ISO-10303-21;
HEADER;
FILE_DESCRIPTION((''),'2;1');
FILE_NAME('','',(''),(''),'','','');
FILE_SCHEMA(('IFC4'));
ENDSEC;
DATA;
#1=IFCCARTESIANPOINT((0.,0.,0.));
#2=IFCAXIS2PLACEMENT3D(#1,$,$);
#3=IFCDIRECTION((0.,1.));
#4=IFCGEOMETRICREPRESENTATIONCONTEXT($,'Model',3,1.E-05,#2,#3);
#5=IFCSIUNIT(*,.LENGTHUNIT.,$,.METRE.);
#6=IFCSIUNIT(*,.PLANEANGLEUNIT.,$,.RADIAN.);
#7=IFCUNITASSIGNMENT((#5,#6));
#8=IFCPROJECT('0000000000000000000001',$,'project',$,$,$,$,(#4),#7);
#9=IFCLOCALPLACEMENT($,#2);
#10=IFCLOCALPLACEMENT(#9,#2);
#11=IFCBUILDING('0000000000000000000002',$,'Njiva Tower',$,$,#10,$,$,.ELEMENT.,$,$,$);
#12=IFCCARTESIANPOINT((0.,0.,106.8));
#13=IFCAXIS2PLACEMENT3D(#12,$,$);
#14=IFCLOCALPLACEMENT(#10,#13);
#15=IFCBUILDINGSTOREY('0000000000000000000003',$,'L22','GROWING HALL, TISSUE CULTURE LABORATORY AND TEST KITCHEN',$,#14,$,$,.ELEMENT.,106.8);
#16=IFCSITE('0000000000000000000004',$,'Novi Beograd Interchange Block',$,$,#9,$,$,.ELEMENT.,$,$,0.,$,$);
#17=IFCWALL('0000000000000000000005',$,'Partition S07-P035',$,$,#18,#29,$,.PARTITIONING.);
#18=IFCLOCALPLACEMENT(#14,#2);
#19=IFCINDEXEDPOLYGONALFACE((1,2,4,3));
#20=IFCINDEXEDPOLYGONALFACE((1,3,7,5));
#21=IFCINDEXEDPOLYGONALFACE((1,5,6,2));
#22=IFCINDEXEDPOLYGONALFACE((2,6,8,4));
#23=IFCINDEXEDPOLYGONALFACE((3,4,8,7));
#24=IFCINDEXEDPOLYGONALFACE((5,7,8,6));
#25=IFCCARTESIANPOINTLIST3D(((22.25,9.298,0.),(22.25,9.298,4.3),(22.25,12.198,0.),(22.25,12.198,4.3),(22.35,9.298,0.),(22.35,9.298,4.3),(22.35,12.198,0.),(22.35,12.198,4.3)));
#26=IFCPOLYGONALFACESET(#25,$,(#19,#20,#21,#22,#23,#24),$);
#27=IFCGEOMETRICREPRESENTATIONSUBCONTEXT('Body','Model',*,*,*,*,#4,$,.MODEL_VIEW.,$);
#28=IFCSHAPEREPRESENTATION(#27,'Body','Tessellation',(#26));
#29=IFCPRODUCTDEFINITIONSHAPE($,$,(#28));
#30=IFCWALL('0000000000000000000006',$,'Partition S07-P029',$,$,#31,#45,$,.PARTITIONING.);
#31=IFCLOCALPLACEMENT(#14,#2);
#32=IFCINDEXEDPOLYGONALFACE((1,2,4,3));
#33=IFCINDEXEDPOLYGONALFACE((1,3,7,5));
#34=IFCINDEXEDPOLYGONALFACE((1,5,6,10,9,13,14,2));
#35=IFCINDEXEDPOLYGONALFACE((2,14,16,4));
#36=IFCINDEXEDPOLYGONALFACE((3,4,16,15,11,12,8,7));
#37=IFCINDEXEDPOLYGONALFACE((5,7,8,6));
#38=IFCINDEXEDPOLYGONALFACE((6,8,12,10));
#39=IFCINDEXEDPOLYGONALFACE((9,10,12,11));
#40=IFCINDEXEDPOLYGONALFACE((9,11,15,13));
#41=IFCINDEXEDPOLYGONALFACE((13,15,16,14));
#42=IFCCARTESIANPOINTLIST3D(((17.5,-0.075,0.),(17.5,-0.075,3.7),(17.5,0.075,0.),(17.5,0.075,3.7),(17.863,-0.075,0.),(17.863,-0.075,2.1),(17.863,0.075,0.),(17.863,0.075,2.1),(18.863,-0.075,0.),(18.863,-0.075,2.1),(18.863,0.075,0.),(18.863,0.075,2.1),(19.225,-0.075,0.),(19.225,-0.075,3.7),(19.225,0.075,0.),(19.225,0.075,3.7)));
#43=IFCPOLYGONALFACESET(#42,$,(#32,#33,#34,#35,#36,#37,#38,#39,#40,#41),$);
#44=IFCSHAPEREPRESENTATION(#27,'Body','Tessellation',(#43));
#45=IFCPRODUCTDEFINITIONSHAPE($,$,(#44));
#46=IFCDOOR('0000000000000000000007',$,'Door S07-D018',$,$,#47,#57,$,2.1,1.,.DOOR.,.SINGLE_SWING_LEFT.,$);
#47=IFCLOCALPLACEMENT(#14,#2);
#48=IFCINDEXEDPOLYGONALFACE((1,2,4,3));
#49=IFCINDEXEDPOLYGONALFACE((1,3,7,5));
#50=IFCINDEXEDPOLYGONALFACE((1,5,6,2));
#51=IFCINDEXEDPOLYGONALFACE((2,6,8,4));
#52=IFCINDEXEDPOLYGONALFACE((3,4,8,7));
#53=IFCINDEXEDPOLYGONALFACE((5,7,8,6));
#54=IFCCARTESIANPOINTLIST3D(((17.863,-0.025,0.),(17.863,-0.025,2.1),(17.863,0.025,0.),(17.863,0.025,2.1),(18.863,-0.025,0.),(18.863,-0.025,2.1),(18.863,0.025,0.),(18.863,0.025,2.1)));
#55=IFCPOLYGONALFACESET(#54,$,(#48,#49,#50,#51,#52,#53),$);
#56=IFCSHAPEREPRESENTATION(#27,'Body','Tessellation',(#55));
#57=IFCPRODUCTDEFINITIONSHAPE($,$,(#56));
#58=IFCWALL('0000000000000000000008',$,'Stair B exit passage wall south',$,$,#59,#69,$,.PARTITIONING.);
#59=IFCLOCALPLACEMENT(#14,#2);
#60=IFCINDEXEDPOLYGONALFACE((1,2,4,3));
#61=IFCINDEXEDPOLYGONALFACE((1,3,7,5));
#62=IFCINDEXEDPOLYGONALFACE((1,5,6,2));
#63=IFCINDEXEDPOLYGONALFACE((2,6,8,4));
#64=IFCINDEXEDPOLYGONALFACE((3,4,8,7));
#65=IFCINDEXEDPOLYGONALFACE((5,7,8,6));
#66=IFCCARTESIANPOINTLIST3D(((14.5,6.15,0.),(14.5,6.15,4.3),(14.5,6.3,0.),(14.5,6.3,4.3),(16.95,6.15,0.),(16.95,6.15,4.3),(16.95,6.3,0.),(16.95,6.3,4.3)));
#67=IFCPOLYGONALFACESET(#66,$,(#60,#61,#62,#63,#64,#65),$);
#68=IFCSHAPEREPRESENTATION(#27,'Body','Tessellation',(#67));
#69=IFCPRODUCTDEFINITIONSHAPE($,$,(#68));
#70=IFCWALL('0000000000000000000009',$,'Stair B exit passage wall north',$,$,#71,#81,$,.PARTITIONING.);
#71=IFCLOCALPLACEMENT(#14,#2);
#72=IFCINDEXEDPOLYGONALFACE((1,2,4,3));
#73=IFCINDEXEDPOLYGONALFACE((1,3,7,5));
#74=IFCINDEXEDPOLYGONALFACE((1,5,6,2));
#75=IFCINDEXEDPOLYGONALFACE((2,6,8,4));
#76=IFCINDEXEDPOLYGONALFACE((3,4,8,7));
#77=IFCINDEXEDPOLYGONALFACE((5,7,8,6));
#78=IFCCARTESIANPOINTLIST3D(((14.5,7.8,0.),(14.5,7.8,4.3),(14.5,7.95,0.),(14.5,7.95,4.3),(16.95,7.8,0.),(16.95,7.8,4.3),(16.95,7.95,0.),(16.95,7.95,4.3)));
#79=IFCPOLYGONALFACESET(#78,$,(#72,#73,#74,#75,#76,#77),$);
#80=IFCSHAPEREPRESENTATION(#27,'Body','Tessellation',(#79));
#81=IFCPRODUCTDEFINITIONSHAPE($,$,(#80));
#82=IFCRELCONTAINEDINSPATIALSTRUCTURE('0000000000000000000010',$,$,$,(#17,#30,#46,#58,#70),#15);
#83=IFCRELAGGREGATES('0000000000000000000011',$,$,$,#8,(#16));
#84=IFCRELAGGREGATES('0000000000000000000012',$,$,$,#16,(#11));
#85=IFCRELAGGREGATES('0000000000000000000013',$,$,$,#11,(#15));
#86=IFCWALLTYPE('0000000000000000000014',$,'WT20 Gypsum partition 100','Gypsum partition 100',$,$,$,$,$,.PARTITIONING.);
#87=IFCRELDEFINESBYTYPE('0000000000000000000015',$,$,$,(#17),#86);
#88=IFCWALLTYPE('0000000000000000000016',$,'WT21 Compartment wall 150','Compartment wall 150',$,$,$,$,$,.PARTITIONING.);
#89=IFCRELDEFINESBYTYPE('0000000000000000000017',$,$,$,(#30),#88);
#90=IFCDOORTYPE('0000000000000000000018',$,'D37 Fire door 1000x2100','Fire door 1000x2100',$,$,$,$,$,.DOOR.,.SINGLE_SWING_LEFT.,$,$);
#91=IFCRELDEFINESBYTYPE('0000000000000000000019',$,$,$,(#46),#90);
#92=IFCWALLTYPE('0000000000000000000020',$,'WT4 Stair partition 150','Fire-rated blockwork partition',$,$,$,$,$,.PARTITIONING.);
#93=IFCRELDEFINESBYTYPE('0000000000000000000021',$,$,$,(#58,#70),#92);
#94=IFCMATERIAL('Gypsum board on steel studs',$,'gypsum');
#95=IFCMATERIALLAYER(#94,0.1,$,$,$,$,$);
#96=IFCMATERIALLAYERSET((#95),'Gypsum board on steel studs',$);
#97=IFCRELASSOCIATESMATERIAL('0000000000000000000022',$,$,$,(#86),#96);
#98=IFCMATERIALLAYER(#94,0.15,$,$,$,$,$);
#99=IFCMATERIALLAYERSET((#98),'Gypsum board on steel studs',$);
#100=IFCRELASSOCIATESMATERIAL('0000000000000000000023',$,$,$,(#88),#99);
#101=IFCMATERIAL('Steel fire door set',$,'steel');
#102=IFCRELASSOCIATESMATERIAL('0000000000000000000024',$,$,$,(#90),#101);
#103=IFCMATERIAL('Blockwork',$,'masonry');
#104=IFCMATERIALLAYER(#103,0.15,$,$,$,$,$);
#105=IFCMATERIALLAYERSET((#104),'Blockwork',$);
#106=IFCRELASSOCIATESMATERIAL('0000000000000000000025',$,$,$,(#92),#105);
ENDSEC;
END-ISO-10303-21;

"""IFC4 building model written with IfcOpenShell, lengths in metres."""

from ifc_helpers import new_model, si_unit, direction, frame, frame_2d, origin, place, context, subcontext, project, spatial, rectangle, extrude, material, layer, layer_set, type_object, element, fill, save


model = new_model("IFC4")

# Units and contexts
model_context = context("Model", 3, precision=1e-05, world=origin(), true_north=direction((0.0, 1.0)))
body_context = subcontext(model_context, "Body", "Model", "MODEL_VIEW")
ifc_project = project(units=[si_unit("LENGTHUNIT", "METRE"), si_unit("PLANEANGLEUNIT", "RADIAN")], contexts=[model_context])

# Site, building, storey
site_placement = place(None, origin())
site = spatial("IfcSite", under=ifc_project, at=site_placement, Name="Novi Beograd Interchange Block", CompositionType="ELEMENT", RefElevation=0.0)
building_placement = place(site_placement, origin())
building = spatial("IfcBuilding", under=site, at=building_placement, Name="Njiva Tower", CompositionType="ELEMENT")
storey_placement = place(building_placement, frame((0.0, 0.0, 106.8)))
storey = spatial("IfcBuildingStorey", under=building, at=storey_placement, Name="L22", Description="GROWING HALL, TISSUE CULTURE LABORATORY AND TEST KITCHEN", CompositionType="ELEMENT", Elevation=106.8)

# Wall
ifc_material_1 = material(Name="Gypsum board on steel studs", Category="gypsum")
ifc_layer_1 = layer(ifc_material_1, 0.1)
ifc_layer_set_1 = layer_set([ifc_layer_1], Name="Gypsum board on steel studs")
wall_type_1 = type_object("IfcWallType", Name="WT20 Gypsum partition 100", Description="Gypsum partition 100", PredefinedType="PARTITIONING", material=ifc_layer_set_1)
wall_1_placement = place(storey_placement, frame((22.3, 9.298, 0.0), z_axis=(0.0, 0.0, 1.0), x_axis=(0.0, 1.0, 0.0)))
element("IfcWall", 1, at=wall_1_placement, inside=storey, type_object=wall_type_1, Name="Partition S07-P035", PredefinedType="PARTITIONING", context=body_context, shape_type="SweptSolid", body=[
    extrude(rectangle(XDim=2.9, YDim=0.1, at=frame_2d((1.45, 0.0))), origin(), (0.0, 0.0, 1.0), 4.3),
])

# Wall, opening, door
ifc_layer_2 = layer(ifc_material_1, 0.15)
ifc_layer_set_2 = layer_set([ifc_layer_2], Name="Gypsum board on steel studs")
wall_type_2 = type_object("IfcWallType", Name="WT21 Compartment wall 150", Description="Compartment wall 150", PredefinedType="PARTITIONING", material=ifc_layer_set_2)
wall_2_placement = place(storey_placement, frame((17.5, 0.0, 0.0), z_axis=(0.0, 0.0, 1.0), x_axis=(1.0, 0.0, 0.0)))
wall_2 = element("IfcWall", 2, at=wall_2_placement, inside=storey, type_object=wall_type_2, Name="Partition S07-P029", PredefinedType="PARTITIONING", context=body_context, shape_type="SweptSolid", body=[
    extrude(rectangle(XDim=1.725, YDim=0.15, at=frame_2d((0.8625, 0.0))), origin(), (0.0, 0.0, 1.0), 3.7),
])
opening_1_placement = place(wall_2_placement, frame((0.363, 0.0, 0.0)))
opening_1 = element("IfcOpeningElement", 3, at=opening_1_placement, cuts=wall_2, PredefinedType="OPENING", context=body_context, shape_type="SweptSolid", body=[
    extrude(rectangle(XDim=1.0, YDim=2.1, at=frame_2d((0.5, 1.05))), frame((0.0, 0.085, 0.0), z_axis=(0.0, -1.0, 0.0), x_axis=(1.0, 0.0, 0.0)), (0.0, 0.0, 1.0), 0.17),
])
ifc_material_2 = material(Name="Steel fire door set", Category="steel")
door_type_1 = type_object("IfcDoorType", Name="D37 Fire door 1000x2100", Description="Fire door 1000x2100", OperationType="SINGLE_SWING_LEFT", PredefinedType="DOOR", material=ifc_material_2)
door_1_placement = place(opening_1_placement, origin())
door_1 = element("IfcDoor", 4, at=door_1_placement, inside=storey, type_object=door_type_1, Name="Door S07-D018", OperationType="SINGLE_SWING_LEFT", OverallHeight=2.1, OverallWidth=1.0, PredefinedType="DOOR", context=body_context, shape_type="SweptSolid", body=[
    extrude(rectangle(XDim=1.0, YDim=2.1, at=frame_2d((0.5, 1.05))), frame((0.0, 0.025, 0.0), z_axis=(0.0, -1.0, 0.0), x_axis=(1.0, 0.0, 0.0)), (0.0, 0.0, 1.0), 0.05),
])
fill(opening_1, door_1)

# Walls
ifc_material_3 = material(Name="Blockwork", Category="masonry")
ifc_layer_3 = layer(ifc_material_3, 0.15)
ifc_layer_set_3 = layer_set([ifc_layer_3], Name="Blockwork")
wall_type_3 = type_object("IfcWallType", Name="WT4 Stair partition 150", Description="Fire-rated blockwork partition", PredefinedType="PARTITIONING", material=ifc_layer_set_3)
for number, where, z_axis, x_axis, name in (
    (5, (14.5, 6.225, 0.0), (0.0, 0.0, 1.0), (1.0, 0.0, 0.0), "Stair B exit passage wall south"),
    (6, (14.5, 7.875, 0.0), (0.0, 0.0, 1.0), (1.0, 0.0, 0.0), "Stair B exit passage wall north"),
):
    element("IfcWall", number, at=place(storey_placement, frame(where, z_axis=z_axis, x_axis=x_axis)), inside=storey, type_object=wall_type_3, Name=name, PredefinedType="PARTITIONING", context=body_context, shape_type="SweptSolid", body=[
        extrude(rectangle(XDim=2.45, YDim=0.15, at=frame_2d((1.225, 0.0))), origin(), (0.0, 0.0, 1.0), 4.3),
    ])

save(model, "model.ifc")
